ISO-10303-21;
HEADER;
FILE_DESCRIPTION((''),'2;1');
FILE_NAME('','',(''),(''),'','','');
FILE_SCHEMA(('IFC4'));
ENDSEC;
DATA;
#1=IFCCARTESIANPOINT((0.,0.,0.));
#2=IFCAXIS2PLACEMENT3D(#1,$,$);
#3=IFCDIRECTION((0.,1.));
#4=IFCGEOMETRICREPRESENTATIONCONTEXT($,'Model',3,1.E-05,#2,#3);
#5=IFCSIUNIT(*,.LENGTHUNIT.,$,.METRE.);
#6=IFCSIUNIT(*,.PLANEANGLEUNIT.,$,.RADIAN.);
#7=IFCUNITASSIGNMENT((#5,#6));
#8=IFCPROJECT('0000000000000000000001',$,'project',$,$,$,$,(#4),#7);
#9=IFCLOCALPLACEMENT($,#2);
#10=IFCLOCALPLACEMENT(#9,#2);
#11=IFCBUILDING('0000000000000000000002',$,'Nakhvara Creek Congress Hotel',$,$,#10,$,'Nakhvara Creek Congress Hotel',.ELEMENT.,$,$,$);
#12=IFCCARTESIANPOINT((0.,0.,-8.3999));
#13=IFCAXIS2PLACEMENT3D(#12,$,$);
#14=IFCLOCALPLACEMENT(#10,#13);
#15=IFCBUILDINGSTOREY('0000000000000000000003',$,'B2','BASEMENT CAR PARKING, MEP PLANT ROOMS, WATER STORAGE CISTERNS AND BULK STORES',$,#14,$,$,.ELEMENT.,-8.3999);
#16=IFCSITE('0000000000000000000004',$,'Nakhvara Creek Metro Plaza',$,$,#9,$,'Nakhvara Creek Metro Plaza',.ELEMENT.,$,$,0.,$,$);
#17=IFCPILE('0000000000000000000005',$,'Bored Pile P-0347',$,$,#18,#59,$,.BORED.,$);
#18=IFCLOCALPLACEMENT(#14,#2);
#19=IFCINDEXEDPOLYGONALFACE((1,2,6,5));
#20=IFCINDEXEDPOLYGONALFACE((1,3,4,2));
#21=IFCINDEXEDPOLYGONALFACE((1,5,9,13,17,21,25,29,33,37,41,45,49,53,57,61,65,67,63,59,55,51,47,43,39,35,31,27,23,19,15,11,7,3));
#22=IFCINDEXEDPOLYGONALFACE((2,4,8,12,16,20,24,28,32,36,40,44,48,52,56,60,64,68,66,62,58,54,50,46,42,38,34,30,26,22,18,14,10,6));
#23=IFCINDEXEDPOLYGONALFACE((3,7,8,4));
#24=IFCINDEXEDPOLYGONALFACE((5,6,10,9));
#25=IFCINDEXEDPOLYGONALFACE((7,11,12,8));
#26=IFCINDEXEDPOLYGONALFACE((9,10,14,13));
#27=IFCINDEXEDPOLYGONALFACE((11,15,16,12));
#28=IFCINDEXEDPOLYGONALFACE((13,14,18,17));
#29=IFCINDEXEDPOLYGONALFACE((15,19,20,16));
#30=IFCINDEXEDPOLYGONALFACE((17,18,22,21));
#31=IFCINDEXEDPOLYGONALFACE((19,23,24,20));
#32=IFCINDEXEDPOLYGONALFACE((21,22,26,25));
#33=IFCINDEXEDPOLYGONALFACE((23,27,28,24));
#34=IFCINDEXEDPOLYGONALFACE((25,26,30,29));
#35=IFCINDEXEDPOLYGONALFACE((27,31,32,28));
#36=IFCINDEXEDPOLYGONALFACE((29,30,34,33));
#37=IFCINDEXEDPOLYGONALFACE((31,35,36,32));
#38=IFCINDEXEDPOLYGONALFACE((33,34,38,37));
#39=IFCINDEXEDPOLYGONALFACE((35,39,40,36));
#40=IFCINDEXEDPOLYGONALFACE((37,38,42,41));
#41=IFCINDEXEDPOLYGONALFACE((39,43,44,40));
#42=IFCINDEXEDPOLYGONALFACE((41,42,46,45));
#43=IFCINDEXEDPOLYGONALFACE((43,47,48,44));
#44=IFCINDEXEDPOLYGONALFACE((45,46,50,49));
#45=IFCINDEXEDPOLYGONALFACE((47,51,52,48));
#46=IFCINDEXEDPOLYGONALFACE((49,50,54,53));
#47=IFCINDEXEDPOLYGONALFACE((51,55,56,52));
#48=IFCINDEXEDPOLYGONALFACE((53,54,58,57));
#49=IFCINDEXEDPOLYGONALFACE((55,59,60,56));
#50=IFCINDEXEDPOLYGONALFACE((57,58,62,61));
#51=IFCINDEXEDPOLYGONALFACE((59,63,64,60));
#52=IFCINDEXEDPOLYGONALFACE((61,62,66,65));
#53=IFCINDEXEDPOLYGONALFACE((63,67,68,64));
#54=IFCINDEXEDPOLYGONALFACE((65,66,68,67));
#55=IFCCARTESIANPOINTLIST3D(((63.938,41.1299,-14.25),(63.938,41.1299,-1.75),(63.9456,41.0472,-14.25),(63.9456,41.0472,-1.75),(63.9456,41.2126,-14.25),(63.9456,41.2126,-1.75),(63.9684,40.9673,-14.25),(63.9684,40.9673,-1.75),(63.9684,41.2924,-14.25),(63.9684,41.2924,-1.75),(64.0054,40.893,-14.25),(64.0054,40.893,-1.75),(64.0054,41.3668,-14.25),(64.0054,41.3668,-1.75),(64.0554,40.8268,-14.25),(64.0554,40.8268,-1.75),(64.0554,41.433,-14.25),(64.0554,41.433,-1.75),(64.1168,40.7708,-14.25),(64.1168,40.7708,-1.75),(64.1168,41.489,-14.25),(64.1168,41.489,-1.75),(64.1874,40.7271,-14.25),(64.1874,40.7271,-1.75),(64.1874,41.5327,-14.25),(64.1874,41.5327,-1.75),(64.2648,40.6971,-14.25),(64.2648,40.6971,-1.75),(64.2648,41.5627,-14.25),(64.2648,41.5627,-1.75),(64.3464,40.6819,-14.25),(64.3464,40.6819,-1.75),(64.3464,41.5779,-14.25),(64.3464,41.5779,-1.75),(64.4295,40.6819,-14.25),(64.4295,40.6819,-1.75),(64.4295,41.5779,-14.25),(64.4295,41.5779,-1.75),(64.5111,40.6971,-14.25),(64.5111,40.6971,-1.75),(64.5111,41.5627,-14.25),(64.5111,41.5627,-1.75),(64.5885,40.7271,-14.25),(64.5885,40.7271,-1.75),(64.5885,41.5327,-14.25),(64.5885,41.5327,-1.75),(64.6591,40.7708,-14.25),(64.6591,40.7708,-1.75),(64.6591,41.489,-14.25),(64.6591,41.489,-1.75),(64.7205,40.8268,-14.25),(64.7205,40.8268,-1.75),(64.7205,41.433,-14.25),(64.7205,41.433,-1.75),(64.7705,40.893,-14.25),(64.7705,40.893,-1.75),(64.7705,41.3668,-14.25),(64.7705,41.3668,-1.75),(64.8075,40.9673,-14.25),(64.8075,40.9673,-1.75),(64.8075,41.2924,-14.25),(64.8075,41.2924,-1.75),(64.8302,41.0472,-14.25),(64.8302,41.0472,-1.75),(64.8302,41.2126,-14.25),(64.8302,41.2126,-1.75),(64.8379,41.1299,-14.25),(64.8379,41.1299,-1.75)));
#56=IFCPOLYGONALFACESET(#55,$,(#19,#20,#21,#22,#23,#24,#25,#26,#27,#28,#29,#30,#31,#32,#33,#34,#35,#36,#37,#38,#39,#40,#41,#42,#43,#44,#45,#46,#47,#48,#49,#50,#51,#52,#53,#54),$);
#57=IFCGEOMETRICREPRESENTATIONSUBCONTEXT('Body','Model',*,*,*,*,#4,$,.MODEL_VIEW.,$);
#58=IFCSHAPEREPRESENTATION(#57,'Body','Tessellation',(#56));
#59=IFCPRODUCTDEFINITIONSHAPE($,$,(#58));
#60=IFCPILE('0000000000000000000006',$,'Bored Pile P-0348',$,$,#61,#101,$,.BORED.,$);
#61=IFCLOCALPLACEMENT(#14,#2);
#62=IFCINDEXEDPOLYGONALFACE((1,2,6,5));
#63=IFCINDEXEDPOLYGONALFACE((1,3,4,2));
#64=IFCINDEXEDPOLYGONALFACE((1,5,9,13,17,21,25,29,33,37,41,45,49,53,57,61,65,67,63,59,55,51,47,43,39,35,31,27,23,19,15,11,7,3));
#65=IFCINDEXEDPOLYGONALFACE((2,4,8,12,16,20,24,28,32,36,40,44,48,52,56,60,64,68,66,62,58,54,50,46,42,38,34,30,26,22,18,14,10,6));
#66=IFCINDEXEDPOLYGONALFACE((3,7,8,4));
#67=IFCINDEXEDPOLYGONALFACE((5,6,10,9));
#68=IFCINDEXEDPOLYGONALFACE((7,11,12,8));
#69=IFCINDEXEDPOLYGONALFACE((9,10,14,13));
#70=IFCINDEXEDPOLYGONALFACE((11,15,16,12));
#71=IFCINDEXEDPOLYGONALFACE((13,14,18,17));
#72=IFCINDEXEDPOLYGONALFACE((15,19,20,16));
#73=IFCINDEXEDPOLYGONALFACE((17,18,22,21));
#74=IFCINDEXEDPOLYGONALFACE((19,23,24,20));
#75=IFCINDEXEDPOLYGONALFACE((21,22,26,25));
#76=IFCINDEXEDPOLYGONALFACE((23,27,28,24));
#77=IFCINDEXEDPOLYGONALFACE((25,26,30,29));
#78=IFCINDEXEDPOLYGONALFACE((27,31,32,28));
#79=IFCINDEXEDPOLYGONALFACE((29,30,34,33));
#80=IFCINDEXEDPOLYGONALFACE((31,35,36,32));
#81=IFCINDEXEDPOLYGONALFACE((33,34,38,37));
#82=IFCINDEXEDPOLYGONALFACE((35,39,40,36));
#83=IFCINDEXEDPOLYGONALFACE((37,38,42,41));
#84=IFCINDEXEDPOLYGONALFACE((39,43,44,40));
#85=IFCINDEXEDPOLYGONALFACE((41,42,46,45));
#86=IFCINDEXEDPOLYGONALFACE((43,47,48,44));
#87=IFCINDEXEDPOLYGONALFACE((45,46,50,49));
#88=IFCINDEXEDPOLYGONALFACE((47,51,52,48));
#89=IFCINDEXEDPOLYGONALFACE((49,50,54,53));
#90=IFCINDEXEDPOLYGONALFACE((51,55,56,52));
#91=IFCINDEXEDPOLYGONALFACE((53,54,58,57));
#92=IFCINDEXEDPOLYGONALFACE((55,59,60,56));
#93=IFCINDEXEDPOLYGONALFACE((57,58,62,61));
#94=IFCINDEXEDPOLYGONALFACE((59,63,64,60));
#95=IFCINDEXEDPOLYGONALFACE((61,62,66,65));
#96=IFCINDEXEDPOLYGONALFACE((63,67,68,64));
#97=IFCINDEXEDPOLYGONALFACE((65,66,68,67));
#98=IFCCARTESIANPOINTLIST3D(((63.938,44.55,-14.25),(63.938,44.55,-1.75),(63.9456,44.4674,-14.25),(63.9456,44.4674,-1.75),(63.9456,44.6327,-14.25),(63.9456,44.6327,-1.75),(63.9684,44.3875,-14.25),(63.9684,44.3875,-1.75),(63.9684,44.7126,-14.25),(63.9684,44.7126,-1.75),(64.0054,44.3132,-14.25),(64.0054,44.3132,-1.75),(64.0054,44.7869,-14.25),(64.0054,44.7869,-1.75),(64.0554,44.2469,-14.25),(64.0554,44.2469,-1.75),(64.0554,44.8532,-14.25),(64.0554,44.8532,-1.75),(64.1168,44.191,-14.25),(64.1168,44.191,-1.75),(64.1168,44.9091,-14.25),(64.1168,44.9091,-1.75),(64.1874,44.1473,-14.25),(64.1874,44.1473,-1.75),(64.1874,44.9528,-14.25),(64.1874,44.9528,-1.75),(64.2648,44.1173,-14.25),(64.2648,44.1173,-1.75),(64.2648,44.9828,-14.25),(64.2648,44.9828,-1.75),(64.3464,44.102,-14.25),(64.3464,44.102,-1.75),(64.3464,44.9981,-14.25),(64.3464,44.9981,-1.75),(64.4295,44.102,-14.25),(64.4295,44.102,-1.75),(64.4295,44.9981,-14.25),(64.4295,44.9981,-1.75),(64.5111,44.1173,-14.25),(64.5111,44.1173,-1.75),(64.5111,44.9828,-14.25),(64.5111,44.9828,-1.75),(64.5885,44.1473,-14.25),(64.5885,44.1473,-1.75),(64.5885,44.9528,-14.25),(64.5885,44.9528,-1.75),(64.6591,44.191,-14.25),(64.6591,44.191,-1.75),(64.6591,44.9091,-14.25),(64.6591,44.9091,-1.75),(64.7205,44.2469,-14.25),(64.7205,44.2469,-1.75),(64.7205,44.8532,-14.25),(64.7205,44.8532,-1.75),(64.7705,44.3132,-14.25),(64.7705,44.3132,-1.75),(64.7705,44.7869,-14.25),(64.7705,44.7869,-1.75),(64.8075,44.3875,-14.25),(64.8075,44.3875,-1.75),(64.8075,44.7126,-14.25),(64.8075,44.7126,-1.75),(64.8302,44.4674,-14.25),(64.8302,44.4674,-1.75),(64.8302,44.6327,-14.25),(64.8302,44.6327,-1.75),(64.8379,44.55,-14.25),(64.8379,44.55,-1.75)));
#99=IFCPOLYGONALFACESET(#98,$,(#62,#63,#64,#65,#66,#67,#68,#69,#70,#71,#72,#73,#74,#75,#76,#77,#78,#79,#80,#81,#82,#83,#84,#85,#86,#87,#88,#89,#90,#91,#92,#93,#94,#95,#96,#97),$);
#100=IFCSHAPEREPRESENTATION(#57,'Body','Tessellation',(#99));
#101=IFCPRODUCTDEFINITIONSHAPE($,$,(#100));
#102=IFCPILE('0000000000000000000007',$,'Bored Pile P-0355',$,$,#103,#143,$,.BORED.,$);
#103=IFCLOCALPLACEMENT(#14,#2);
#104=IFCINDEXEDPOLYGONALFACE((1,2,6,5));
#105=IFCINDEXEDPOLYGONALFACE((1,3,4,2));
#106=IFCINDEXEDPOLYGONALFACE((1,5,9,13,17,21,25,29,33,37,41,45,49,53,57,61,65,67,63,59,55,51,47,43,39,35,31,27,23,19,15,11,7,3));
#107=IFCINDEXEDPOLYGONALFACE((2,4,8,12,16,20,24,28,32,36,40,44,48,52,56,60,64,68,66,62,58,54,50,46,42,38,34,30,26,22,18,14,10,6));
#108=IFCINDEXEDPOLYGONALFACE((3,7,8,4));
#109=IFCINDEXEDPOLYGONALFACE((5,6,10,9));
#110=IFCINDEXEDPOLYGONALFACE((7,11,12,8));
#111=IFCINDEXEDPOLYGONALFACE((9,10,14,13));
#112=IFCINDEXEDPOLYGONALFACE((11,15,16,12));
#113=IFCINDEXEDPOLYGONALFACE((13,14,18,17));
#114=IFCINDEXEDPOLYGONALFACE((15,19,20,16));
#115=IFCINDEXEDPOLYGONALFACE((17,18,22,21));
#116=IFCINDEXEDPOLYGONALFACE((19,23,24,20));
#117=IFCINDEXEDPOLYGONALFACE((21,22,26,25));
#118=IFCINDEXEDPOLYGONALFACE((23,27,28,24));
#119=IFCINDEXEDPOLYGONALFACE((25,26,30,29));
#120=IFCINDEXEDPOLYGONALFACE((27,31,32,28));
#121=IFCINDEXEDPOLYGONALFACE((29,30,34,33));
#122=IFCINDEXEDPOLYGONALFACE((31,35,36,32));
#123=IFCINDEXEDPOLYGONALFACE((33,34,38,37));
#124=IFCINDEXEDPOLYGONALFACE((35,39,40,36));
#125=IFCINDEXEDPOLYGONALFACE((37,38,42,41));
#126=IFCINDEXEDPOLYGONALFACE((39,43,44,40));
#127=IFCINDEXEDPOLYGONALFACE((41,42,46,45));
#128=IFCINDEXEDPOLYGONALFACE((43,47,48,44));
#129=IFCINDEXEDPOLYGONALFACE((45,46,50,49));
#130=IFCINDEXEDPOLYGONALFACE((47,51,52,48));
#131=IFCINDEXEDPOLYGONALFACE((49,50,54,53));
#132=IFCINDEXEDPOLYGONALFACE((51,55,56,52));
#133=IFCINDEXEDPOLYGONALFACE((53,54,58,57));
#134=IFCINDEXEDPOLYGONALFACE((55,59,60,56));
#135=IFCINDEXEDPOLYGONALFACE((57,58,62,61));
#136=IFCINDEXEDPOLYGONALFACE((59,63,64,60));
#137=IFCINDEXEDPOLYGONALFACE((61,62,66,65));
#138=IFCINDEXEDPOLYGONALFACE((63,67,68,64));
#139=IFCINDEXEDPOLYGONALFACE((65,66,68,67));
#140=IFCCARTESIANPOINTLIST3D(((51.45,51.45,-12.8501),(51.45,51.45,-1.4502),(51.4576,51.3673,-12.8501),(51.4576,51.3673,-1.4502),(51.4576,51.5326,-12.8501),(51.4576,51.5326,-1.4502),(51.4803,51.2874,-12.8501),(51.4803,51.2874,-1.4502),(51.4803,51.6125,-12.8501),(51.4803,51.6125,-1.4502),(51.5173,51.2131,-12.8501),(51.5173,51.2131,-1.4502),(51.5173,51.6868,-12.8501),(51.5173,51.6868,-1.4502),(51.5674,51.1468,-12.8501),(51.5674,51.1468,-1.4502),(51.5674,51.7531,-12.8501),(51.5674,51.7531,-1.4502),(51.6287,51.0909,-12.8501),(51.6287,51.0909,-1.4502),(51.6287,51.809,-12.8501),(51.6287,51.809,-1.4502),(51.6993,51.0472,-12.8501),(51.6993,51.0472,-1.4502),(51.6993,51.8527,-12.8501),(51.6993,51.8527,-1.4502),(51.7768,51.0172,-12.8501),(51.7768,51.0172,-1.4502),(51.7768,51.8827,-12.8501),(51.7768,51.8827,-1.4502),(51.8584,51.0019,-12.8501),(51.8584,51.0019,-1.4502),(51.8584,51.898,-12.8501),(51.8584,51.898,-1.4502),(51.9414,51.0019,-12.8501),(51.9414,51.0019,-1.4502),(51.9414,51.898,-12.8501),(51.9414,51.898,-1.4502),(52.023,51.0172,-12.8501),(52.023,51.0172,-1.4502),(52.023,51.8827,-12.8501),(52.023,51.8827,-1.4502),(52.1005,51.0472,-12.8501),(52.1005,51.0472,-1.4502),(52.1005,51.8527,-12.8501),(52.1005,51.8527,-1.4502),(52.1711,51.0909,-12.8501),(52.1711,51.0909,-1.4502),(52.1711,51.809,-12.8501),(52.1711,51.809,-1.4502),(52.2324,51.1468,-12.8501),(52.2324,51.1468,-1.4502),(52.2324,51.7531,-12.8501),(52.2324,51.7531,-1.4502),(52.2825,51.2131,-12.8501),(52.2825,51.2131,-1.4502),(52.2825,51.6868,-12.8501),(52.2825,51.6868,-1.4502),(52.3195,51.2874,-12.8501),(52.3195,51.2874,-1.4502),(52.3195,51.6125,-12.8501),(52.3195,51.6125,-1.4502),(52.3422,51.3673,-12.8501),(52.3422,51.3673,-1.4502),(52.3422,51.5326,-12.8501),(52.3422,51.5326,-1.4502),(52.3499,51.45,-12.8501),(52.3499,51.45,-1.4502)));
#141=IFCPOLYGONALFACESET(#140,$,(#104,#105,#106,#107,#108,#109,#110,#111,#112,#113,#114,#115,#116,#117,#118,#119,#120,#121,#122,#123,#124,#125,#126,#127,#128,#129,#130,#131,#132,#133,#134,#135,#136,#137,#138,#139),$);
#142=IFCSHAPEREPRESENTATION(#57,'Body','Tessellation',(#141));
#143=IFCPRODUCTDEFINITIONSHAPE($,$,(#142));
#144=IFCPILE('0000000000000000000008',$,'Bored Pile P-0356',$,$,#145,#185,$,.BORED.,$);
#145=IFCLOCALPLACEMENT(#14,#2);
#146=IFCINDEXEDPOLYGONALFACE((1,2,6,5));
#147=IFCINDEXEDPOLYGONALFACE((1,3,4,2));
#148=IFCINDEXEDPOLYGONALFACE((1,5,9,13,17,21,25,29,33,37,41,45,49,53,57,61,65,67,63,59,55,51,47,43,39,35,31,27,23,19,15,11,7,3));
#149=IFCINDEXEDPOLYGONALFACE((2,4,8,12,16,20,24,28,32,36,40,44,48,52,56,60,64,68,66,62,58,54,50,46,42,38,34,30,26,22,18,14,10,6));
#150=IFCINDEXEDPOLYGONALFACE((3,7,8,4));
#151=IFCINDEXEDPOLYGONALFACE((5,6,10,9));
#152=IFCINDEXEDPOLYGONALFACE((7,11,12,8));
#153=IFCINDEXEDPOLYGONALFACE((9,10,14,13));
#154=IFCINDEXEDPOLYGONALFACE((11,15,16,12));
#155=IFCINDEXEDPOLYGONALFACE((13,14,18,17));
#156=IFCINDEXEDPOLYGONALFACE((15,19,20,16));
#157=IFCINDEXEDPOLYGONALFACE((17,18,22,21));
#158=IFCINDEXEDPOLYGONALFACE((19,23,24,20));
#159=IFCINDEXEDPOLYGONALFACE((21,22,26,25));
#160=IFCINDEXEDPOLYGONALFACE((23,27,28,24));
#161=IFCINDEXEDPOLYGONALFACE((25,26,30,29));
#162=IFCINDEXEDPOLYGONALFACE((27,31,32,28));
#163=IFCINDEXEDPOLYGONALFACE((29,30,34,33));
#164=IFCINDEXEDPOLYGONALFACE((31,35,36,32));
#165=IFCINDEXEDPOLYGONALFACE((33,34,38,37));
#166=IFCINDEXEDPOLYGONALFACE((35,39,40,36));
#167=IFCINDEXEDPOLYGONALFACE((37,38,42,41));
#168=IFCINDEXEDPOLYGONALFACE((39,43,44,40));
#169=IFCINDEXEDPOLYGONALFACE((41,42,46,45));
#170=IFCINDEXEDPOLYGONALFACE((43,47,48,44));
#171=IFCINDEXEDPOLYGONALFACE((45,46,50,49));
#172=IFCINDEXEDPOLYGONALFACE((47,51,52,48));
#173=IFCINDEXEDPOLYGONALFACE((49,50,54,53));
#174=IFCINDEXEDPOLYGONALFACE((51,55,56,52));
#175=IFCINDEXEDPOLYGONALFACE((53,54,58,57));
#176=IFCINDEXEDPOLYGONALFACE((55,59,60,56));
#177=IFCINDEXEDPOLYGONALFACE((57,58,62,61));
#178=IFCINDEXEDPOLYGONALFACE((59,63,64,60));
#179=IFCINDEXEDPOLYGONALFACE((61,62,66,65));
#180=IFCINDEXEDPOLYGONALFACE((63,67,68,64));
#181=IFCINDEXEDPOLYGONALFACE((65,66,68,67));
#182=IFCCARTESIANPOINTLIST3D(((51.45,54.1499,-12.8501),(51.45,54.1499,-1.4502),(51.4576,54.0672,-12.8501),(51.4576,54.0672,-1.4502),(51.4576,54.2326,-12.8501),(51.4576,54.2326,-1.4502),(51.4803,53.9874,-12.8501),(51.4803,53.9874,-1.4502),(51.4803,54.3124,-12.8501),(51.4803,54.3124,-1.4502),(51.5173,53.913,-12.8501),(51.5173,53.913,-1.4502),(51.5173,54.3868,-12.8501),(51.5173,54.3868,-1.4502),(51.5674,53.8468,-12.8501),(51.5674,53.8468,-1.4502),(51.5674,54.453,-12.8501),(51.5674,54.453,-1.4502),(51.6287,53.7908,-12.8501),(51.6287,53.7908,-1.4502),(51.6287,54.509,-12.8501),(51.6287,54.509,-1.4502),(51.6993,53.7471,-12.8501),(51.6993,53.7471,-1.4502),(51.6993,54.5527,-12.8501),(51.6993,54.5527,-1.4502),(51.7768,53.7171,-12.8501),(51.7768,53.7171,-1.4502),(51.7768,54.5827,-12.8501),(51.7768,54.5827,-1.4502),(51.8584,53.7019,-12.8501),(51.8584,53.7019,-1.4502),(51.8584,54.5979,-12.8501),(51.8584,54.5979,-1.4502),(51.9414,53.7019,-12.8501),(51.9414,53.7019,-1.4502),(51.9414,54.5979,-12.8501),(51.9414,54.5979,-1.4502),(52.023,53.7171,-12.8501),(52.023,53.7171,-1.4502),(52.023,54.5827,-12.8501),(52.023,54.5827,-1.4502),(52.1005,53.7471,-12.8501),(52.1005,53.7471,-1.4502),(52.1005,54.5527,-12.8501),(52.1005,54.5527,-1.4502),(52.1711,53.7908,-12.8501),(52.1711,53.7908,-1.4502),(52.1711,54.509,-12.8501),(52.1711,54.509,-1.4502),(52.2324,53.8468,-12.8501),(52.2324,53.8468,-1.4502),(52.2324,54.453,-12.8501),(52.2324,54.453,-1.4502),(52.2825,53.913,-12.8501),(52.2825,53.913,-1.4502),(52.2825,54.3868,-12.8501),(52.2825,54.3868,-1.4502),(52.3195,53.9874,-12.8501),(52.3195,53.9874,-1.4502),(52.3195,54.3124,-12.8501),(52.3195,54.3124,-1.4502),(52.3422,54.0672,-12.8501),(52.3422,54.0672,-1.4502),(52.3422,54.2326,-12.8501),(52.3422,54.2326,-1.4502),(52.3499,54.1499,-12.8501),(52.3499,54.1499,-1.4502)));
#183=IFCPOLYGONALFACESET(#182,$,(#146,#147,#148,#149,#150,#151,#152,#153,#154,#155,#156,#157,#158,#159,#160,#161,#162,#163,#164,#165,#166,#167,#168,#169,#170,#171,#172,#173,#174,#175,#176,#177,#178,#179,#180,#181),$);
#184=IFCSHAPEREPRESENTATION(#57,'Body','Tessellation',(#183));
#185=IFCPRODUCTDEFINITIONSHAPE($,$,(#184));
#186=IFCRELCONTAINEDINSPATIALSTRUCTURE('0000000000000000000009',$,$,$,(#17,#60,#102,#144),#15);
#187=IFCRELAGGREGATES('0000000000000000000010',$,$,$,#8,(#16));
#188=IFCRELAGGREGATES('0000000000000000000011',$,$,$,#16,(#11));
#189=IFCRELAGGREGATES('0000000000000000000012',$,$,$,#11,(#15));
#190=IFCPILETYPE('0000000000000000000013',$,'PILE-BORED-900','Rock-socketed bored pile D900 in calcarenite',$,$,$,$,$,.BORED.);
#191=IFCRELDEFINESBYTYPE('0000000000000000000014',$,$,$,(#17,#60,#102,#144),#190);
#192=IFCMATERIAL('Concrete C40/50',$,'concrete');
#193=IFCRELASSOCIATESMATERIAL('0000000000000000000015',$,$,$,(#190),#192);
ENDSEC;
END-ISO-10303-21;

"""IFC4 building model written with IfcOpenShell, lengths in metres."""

from ifc_helpers import new_model, si_unit, direction, frame, origin, origin_2d, place, context, subcontext, project, spatial, circle, extrude, material, material_profile, profile_set, type_object, element, save


model = new_model("IFC4")

# Units and contexts
model_context = context("Model", 3, precision=1e-05, world=origin(), true_north=direction((0.0, 1.0)))
body_context = subcontext(model_context, "Body", "Model", "MODEL_VIEW")
ifc_project = project(units=[si_unit("LENGTHUNIT", "METRE"), si_unit("PLANEANGLEUNIT", "RADIAN")], contexts=[model_context])

# Site, building, storey
site_placement = place(None, origin())
site = spatial("IfcSite", under=ifc_project, at=site_placement, Name="Nakhvara Creek Metro Plaza", LongName="Nakhvara Creek Metro Plaza", CompositionType="ELEMENT", RefElevation=0.0)
building_placement = place(site_placement, origin())
building = spatial("IfcBuilding", under=site, at=building_placement, Name="Nakhvara Creek Congress Hotel", LongName="Nakhvara Creek Congress Hotel", CompositionType="ELEMENT")
storey_placement = place(building_placement, frame((0.0, 0.0, -8.3999)))
storey = spatial("IfcBuildingStorey", under=building, at=storey_placement, Name="B2", Description="BASEMENT CAR PARKING, MEP PLANT ROOMS, WATER STORAGE CISTERNS AND BULK STORES", CompositionType="ELEMENT", Elevation=-8.3999)

# Shared definitions
ifc_material_1 = material(Name="Concrete C40/50", Category="concrete")

# Piles
ifc_material_profile_1 = material_profile(ifc_material_1, circle(Radius=0.45, at=origin_2d()), Name="BORED PILE D900", Category="LoadBearing")
ifc_profile_set_1 = profile_set([ifc_material_profile_1], Name="Concrete C40/50")
pile_type = type_object("IfcPileType", Name="PILE-BORED-900", Description="Rock-socketed bored pile D900 in calcarenite", PredefinedType="BORED", material=ifc_profile_set_1)
for number, where, z_axis, x_axis, name in (
    (1, (64.3879, 41.1299, -1.75), (0.0, 0.0, -1.0), (1.0, 0.0, 0.0), "Bored Pile P-0347"),
    (2, (64.3879, 44.55, -1.75), (0.0, 0.0, -1.0), (1.0, 0.0, 0.0), "Bored Pile P-0348"),
):
    element("IfcPile", number, at=place(storey_placement, frame(where, z_axis=z_axis, x_axis=x_axis)), inside=storey, type_object=pile_type, Name=name, PredefinedType="BORED", context=body_context, shape_type="SweptSolid", body=[
        extrude(circle(Radius=0.45, at=origin_2d()), origin(), (0.0, 0.0, 1.0), 12.5),
    ])
for number, where, z_axis, x_axis, name in (
    (3, (51.8999, 51.45, -1.4502), (0.0, 0.0, -1.0), (1.0, 0.0, 0.0), "Bored Pile P-0355"),
    (4, (51.8999, 54.1499, -1.4502), (0.0, 0.0, -1.0), (1.0, 0.0, 0.0), "Bored Pile P-0356"),
):
    element("IfcPile", number, at=place(storey_placement, frame(where, z_axis=z_axis, x_axis=x_axis)), inside=storey, type_object=pile_type, Name=name, PredefinedType="BORED", context=body_context, shape_type="SweptSolid", body=[
        extrude(circle(Radius=0.45, at=origin_2d()), origin(), (0.0, 0.0, 1.0), 11.3999),
    ])

save(model, "model.ifc")
